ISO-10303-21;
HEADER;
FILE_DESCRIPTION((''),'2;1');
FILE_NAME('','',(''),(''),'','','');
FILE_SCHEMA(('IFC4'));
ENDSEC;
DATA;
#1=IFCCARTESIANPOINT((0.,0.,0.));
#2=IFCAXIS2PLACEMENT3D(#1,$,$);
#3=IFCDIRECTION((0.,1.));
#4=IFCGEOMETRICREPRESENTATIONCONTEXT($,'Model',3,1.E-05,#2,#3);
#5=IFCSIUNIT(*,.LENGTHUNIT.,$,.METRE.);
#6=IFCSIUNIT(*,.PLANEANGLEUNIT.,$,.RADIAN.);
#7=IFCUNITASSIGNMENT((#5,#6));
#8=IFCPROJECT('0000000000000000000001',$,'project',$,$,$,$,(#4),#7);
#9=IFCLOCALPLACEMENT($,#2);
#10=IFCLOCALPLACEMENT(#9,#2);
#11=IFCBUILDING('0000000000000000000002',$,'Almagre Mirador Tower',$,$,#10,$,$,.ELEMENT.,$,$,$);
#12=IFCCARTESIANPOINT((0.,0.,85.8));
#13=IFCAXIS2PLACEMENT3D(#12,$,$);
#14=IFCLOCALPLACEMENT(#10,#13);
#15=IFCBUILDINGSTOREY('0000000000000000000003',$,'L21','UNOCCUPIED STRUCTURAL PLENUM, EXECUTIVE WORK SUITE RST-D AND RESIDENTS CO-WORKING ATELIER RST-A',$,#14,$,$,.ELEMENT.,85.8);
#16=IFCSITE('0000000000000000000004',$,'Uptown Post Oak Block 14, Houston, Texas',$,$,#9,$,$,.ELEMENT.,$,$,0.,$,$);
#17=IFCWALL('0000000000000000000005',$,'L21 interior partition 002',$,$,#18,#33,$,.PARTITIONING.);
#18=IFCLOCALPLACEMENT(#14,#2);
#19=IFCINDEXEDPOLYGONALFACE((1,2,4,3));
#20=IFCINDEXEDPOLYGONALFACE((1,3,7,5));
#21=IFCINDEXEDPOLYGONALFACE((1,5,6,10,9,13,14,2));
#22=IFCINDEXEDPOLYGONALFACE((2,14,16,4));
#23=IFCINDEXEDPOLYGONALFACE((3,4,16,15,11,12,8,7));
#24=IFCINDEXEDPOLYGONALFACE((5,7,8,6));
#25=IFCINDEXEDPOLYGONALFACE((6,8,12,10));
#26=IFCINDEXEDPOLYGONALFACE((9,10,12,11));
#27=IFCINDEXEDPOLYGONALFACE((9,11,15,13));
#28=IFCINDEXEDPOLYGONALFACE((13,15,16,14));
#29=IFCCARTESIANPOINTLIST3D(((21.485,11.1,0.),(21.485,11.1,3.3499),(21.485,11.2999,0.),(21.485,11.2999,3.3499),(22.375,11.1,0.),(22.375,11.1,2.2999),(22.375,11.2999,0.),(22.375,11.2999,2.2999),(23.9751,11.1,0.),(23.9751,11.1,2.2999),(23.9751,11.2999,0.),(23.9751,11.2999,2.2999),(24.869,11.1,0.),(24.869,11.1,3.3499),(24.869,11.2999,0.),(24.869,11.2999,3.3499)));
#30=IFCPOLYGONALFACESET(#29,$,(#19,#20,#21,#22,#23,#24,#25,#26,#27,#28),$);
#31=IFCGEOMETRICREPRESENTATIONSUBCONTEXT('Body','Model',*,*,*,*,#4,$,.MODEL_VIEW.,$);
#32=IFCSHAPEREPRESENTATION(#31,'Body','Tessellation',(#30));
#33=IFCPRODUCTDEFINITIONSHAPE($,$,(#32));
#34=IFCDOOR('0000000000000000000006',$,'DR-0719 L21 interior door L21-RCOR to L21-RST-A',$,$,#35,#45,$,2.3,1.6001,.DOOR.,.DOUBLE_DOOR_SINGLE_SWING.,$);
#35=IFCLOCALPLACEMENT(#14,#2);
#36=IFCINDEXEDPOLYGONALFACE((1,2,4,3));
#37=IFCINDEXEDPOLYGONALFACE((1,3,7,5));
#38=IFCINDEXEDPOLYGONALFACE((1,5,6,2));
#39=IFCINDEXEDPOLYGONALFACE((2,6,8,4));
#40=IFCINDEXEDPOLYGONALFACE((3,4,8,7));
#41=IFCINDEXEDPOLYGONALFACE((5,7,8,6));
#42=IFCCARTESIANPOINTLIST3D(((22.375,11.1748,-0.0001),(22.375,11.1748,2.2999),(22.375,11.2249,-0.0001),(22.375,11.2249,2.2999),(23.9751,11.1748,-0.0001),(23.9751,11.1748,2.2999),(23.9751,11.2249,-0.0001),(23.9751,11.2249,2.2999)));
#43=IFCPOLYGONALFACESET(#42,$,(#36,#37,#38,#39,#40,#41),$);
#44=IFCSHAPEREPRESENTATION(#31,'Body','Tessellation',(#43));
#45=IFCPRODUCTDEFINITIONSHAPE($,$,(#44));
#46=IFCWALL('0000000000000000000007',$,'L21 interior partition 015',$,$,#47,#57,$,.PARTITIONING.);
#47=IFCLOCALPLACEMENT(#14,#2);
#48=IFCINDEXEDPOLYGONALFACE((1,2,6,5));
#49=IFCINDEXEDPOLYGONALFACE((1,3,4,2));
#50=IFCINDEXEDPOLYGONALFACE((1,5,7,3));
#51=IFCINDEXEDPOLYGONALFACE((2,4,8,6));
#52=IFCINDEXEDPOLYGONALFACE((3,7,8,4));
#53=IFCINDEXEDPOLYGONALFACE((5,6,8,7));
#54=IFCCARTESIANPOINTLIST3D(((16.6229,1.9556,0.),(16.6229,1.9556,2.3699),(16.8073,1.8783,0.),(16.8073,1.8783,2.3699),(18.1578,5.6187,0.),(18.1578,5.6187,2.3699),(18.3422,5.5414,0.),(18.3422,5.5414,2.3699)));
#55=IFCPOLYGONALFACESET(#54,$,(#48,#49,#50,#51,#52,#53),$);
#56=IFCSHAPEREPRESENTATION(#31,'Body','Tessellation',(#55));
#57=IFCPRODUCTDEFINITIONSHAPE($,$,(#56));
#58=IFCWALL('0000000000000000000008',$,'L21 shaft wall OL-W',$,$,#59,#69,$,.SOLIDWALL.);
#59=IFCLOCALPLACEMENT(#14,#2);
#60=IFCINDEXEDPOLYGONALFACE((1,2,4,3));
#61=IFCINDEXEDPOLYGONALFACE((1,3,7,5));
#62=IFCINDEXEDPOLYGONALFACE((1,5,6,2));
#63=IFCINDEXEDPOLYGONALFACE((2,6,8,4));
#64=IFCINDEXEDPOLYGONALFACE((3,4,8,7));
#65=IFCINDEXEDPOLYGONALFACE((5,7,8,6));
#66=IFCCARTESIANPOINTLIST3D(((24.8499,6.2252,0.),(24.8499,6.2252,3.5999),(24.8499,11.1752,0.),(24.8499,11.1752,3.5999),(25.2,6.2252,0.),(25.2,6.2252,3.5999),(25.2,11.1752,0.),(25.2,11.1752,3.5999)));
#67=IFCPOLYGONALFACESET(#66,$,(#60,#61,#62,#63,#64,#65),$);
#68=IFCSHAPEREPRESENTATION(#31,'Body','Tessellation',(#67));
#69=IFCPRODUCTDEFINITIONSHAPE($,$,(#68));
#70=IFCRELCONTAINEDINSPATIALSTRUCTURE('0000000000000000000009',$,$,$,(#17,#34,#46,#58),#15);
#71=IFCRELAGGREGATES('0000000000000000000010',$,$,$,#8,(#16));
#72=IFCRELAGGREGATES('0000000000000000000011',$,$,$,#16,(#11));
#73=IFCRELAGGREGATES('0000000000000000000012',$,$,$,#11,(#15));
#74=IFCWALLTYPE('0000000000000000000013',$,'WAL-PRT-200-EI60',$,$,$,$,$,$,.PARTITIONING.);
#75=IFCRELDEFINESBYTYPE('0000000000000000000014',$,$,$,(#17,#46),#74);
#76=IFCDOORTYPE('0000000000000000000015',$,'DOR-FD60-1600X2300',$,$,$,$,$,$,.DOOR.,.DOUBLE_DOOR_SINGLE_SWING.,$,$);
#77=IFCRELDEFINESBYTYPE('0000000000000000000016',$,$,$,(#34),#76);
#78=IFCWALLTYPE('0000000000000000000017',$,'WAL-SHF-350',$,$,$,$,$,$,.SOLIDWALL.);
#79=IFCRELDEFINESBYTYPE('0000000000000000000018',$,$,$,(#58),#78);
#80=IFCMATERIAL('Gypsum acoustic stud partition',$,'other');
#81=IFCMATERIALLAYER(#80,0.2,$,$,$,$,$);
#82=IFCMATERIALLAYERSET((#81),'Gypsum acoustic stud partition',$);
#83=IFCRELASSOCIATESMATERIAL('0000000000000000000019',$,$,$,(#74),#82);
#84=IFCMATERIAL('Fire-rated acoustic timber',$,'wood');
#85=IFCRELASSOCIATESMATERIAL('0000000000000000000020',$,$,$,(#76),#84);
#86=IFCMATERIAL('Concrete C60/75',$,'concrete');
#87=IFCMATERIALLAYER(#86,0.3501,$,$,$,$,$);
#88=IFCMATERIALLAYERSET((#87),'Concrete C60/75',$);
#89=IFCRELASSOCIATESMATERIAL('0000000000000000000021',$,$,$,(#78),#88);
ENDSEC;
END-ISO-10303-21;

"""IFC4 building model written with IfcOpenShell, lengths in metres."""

from ifc_helpers import new_model, si_unit, direction, frame, frame_2d, origin, place, context, subcontext, project, spatial, rectangle, extrude, material, layer, layer_set, type_object, element, fill, save


model = new_model("IFC4")

# Units and contexts
model_context = context("Model", 3, precision=1e-05, world=origin(), true_north=direction((0.0, 1.0)))
body_context = subcontext(model_context, "Body", "Model", "MODEL_VIEW")
ifc_project = project(units=[si_unit("LENGTHUNIT", "METRE"), si_unit("PLANEANGLEUNIT", "RADIAN")], contexts=[model_context])

# Site, building, storey
site_placement = place(None, origin())
site = spatial("IfcSite", under=ifc_project, at=site_placement, Name="Uptown Post Oak Block 14, Houston, Texas", CompositionType="ELEMENT", RefElevation=0.0)
building_placement = place(site_placement, origin())
building = spatial("IfcBuilding", under=site, at=building_placement, Name="Almagre Mirador Tower", CompositionType="ELEMENT")
storey_placement = place(building_placement, frame((0.0, 0.0, 85.8)))
storey = spatial("IfcBuildingStorey", under=building, at=storey_placement, Name="L21", Description="UNOCCUPIED STRUCTURAL PLENUM, EXECUTIVE WORK SUITE RST-D AND RESIDENTS CO-WORKING ATELIER RST-A", CompositionType="ELEMENT", Elevation=85.8)

# Wall, opening, door
ifc_material_1 = material(Name="Gypsum acoustic stud partition", Category="other")
ifc_layer_1 = layer(ifc_material_1, 0.2)
ifc_layer_set_1 = layer_set([ifc_layer_1], Name="Gypsum acoustic stud partition")
wall_type_1 = type_object("IfcWallType", Name="WAL-PRT-200-EI60", PredefinedType="PARTITIONING", material=ifc_layer_set_1)
wall_1_placement = place(storey_placement, frame((21.4851, 11.2, 0.0), z_axis=(0.0, 0.0, 1.0), x_axis=(1.0, 0.0, 0.0)))
wall_1 = element("IfcWall", 1, at=wall_1_placement, inside=storey, type_object=wall_type_1, Name="L21 interior partition 002", PredefinedType="PARTITIONING", context=body_context, shape_type="SweptSolid", body=[
    extrude(rectangle(XDim=3.384, YDim=0.2, at=frame_2d((1.6919, 0.0))), origin(), (0.0, 0.0, 1.0), 3.3499),
])
opening_1_placement = place(wall_1_placement, frame((0.8899, 0.0, 0.0)))
opening_1 = element("IfcOpeningElement", 2, at=opening_1_placement, cuts=wall_1, PredefinedType="OPENING", context=body_context, shape_type="SweptSolid", body=[
    extrude(rectangle(XDim=1.6001, YDim=2.3, at=frame_2d((0.8, 1.1499))), frame((0.0, 0.1101, 0.0), z_axis=(0.0, -1.0, 0.0), x_axis=(1.0, 0.0, 0.0)), (0.0, 0.0, 1.0), 0.22),
])
ifc_material_2 = material(Name="Fire-rated acoustic timber", Category="wood")
door_type = type_object("IfcDoorType", Name="DOR-FD60-1600X2300", OperationType="DOUBLE_DOOR_SINGLE_SWING", PredefinedType="DOOR", material=ifc_material_2)
door_placement = place(opening_1_placement, origin())
door = element("IfcDoor", 3, at=door_placement, inside=storey, type_object=door_type, Name="DR-0719 L21 interior door L21-RCOR to L21-RST-A", OperationType="DOUBLE_DOOR_SINGLE_SWING", OverallHeight=2.3, OverallWidth=1.6001, PredefinedType="DOOR", context=body_context, shape_type="SweptSolid", body=[
    extrude(rectangle(XDim=1.6001, YDim=2.3, at=frame_2d((0.8, 1.1499))), frame((0.0, 0.0249, 0.0), z_axis=(0.0, -1.0, 0.0), x_axis=(1.0, 0.0, 0.0)), (0.0, 0.0, 1.0), 0.05),
])
fill(opening_1, door)

# Walls
wall_2_placement = place(storey_placement, frame((18.25, 5.5801, 0.0), z_axis=(0.0, 0.0, 1.0), x_axis=(-0.386465, -0.922304, 0.0)))
element("IfcWall", 4, at=wall_2_placement, inside=storey, type_object=wall_type_1, Name="L21 interior partition 015", PredefinedType="PARTITIONING", context=body_context, shape_type="SweptSolid", body=[
    extrude(rectangle(XDim=3.9717, YDim=0.2, at=frame_2d((1.9858, 0.0))), origin(), (0.0, 0.0, 1.0), 2.3699),
])
ifc_material_3 = material(Name="Concrete C60/75", Category="concrete")
ifc_layer_2 = layer(ifc_material_3, 0.3501)
ifc_layer_set_2 = layer_set([ifc_layer_2], Name="Concrete C60/75")
wall_type_2 = type_object("IfcWallType", Name="WAL-SHF-350", PredefinedType="SOLIDWALL", material=ifc_layer_set_2)
wall_3_placement = place(storey_placement, frame((25.0249, 6.2251, 0.0), z_axis=(0.0, 0.0, 1.0), x_axis=(0.0, 1.0, 0.0)))
element("IfcWall", 5, at=wall_3_placement, inside=storey, type_object=wall_type_2, Name="L21 shaft wall OL-W", PredefinedType="SOLIDWALL", context=body_context, shape_type="SweptSolid", body=[
    extrude(rectangle(XDim=4.95, YDim=0.3501, at=frame_2d((2.4751, 0.0))), origin(), (0.0, 0.0, 1.0), 3.5999),
])

save(model, "model.ifc")
